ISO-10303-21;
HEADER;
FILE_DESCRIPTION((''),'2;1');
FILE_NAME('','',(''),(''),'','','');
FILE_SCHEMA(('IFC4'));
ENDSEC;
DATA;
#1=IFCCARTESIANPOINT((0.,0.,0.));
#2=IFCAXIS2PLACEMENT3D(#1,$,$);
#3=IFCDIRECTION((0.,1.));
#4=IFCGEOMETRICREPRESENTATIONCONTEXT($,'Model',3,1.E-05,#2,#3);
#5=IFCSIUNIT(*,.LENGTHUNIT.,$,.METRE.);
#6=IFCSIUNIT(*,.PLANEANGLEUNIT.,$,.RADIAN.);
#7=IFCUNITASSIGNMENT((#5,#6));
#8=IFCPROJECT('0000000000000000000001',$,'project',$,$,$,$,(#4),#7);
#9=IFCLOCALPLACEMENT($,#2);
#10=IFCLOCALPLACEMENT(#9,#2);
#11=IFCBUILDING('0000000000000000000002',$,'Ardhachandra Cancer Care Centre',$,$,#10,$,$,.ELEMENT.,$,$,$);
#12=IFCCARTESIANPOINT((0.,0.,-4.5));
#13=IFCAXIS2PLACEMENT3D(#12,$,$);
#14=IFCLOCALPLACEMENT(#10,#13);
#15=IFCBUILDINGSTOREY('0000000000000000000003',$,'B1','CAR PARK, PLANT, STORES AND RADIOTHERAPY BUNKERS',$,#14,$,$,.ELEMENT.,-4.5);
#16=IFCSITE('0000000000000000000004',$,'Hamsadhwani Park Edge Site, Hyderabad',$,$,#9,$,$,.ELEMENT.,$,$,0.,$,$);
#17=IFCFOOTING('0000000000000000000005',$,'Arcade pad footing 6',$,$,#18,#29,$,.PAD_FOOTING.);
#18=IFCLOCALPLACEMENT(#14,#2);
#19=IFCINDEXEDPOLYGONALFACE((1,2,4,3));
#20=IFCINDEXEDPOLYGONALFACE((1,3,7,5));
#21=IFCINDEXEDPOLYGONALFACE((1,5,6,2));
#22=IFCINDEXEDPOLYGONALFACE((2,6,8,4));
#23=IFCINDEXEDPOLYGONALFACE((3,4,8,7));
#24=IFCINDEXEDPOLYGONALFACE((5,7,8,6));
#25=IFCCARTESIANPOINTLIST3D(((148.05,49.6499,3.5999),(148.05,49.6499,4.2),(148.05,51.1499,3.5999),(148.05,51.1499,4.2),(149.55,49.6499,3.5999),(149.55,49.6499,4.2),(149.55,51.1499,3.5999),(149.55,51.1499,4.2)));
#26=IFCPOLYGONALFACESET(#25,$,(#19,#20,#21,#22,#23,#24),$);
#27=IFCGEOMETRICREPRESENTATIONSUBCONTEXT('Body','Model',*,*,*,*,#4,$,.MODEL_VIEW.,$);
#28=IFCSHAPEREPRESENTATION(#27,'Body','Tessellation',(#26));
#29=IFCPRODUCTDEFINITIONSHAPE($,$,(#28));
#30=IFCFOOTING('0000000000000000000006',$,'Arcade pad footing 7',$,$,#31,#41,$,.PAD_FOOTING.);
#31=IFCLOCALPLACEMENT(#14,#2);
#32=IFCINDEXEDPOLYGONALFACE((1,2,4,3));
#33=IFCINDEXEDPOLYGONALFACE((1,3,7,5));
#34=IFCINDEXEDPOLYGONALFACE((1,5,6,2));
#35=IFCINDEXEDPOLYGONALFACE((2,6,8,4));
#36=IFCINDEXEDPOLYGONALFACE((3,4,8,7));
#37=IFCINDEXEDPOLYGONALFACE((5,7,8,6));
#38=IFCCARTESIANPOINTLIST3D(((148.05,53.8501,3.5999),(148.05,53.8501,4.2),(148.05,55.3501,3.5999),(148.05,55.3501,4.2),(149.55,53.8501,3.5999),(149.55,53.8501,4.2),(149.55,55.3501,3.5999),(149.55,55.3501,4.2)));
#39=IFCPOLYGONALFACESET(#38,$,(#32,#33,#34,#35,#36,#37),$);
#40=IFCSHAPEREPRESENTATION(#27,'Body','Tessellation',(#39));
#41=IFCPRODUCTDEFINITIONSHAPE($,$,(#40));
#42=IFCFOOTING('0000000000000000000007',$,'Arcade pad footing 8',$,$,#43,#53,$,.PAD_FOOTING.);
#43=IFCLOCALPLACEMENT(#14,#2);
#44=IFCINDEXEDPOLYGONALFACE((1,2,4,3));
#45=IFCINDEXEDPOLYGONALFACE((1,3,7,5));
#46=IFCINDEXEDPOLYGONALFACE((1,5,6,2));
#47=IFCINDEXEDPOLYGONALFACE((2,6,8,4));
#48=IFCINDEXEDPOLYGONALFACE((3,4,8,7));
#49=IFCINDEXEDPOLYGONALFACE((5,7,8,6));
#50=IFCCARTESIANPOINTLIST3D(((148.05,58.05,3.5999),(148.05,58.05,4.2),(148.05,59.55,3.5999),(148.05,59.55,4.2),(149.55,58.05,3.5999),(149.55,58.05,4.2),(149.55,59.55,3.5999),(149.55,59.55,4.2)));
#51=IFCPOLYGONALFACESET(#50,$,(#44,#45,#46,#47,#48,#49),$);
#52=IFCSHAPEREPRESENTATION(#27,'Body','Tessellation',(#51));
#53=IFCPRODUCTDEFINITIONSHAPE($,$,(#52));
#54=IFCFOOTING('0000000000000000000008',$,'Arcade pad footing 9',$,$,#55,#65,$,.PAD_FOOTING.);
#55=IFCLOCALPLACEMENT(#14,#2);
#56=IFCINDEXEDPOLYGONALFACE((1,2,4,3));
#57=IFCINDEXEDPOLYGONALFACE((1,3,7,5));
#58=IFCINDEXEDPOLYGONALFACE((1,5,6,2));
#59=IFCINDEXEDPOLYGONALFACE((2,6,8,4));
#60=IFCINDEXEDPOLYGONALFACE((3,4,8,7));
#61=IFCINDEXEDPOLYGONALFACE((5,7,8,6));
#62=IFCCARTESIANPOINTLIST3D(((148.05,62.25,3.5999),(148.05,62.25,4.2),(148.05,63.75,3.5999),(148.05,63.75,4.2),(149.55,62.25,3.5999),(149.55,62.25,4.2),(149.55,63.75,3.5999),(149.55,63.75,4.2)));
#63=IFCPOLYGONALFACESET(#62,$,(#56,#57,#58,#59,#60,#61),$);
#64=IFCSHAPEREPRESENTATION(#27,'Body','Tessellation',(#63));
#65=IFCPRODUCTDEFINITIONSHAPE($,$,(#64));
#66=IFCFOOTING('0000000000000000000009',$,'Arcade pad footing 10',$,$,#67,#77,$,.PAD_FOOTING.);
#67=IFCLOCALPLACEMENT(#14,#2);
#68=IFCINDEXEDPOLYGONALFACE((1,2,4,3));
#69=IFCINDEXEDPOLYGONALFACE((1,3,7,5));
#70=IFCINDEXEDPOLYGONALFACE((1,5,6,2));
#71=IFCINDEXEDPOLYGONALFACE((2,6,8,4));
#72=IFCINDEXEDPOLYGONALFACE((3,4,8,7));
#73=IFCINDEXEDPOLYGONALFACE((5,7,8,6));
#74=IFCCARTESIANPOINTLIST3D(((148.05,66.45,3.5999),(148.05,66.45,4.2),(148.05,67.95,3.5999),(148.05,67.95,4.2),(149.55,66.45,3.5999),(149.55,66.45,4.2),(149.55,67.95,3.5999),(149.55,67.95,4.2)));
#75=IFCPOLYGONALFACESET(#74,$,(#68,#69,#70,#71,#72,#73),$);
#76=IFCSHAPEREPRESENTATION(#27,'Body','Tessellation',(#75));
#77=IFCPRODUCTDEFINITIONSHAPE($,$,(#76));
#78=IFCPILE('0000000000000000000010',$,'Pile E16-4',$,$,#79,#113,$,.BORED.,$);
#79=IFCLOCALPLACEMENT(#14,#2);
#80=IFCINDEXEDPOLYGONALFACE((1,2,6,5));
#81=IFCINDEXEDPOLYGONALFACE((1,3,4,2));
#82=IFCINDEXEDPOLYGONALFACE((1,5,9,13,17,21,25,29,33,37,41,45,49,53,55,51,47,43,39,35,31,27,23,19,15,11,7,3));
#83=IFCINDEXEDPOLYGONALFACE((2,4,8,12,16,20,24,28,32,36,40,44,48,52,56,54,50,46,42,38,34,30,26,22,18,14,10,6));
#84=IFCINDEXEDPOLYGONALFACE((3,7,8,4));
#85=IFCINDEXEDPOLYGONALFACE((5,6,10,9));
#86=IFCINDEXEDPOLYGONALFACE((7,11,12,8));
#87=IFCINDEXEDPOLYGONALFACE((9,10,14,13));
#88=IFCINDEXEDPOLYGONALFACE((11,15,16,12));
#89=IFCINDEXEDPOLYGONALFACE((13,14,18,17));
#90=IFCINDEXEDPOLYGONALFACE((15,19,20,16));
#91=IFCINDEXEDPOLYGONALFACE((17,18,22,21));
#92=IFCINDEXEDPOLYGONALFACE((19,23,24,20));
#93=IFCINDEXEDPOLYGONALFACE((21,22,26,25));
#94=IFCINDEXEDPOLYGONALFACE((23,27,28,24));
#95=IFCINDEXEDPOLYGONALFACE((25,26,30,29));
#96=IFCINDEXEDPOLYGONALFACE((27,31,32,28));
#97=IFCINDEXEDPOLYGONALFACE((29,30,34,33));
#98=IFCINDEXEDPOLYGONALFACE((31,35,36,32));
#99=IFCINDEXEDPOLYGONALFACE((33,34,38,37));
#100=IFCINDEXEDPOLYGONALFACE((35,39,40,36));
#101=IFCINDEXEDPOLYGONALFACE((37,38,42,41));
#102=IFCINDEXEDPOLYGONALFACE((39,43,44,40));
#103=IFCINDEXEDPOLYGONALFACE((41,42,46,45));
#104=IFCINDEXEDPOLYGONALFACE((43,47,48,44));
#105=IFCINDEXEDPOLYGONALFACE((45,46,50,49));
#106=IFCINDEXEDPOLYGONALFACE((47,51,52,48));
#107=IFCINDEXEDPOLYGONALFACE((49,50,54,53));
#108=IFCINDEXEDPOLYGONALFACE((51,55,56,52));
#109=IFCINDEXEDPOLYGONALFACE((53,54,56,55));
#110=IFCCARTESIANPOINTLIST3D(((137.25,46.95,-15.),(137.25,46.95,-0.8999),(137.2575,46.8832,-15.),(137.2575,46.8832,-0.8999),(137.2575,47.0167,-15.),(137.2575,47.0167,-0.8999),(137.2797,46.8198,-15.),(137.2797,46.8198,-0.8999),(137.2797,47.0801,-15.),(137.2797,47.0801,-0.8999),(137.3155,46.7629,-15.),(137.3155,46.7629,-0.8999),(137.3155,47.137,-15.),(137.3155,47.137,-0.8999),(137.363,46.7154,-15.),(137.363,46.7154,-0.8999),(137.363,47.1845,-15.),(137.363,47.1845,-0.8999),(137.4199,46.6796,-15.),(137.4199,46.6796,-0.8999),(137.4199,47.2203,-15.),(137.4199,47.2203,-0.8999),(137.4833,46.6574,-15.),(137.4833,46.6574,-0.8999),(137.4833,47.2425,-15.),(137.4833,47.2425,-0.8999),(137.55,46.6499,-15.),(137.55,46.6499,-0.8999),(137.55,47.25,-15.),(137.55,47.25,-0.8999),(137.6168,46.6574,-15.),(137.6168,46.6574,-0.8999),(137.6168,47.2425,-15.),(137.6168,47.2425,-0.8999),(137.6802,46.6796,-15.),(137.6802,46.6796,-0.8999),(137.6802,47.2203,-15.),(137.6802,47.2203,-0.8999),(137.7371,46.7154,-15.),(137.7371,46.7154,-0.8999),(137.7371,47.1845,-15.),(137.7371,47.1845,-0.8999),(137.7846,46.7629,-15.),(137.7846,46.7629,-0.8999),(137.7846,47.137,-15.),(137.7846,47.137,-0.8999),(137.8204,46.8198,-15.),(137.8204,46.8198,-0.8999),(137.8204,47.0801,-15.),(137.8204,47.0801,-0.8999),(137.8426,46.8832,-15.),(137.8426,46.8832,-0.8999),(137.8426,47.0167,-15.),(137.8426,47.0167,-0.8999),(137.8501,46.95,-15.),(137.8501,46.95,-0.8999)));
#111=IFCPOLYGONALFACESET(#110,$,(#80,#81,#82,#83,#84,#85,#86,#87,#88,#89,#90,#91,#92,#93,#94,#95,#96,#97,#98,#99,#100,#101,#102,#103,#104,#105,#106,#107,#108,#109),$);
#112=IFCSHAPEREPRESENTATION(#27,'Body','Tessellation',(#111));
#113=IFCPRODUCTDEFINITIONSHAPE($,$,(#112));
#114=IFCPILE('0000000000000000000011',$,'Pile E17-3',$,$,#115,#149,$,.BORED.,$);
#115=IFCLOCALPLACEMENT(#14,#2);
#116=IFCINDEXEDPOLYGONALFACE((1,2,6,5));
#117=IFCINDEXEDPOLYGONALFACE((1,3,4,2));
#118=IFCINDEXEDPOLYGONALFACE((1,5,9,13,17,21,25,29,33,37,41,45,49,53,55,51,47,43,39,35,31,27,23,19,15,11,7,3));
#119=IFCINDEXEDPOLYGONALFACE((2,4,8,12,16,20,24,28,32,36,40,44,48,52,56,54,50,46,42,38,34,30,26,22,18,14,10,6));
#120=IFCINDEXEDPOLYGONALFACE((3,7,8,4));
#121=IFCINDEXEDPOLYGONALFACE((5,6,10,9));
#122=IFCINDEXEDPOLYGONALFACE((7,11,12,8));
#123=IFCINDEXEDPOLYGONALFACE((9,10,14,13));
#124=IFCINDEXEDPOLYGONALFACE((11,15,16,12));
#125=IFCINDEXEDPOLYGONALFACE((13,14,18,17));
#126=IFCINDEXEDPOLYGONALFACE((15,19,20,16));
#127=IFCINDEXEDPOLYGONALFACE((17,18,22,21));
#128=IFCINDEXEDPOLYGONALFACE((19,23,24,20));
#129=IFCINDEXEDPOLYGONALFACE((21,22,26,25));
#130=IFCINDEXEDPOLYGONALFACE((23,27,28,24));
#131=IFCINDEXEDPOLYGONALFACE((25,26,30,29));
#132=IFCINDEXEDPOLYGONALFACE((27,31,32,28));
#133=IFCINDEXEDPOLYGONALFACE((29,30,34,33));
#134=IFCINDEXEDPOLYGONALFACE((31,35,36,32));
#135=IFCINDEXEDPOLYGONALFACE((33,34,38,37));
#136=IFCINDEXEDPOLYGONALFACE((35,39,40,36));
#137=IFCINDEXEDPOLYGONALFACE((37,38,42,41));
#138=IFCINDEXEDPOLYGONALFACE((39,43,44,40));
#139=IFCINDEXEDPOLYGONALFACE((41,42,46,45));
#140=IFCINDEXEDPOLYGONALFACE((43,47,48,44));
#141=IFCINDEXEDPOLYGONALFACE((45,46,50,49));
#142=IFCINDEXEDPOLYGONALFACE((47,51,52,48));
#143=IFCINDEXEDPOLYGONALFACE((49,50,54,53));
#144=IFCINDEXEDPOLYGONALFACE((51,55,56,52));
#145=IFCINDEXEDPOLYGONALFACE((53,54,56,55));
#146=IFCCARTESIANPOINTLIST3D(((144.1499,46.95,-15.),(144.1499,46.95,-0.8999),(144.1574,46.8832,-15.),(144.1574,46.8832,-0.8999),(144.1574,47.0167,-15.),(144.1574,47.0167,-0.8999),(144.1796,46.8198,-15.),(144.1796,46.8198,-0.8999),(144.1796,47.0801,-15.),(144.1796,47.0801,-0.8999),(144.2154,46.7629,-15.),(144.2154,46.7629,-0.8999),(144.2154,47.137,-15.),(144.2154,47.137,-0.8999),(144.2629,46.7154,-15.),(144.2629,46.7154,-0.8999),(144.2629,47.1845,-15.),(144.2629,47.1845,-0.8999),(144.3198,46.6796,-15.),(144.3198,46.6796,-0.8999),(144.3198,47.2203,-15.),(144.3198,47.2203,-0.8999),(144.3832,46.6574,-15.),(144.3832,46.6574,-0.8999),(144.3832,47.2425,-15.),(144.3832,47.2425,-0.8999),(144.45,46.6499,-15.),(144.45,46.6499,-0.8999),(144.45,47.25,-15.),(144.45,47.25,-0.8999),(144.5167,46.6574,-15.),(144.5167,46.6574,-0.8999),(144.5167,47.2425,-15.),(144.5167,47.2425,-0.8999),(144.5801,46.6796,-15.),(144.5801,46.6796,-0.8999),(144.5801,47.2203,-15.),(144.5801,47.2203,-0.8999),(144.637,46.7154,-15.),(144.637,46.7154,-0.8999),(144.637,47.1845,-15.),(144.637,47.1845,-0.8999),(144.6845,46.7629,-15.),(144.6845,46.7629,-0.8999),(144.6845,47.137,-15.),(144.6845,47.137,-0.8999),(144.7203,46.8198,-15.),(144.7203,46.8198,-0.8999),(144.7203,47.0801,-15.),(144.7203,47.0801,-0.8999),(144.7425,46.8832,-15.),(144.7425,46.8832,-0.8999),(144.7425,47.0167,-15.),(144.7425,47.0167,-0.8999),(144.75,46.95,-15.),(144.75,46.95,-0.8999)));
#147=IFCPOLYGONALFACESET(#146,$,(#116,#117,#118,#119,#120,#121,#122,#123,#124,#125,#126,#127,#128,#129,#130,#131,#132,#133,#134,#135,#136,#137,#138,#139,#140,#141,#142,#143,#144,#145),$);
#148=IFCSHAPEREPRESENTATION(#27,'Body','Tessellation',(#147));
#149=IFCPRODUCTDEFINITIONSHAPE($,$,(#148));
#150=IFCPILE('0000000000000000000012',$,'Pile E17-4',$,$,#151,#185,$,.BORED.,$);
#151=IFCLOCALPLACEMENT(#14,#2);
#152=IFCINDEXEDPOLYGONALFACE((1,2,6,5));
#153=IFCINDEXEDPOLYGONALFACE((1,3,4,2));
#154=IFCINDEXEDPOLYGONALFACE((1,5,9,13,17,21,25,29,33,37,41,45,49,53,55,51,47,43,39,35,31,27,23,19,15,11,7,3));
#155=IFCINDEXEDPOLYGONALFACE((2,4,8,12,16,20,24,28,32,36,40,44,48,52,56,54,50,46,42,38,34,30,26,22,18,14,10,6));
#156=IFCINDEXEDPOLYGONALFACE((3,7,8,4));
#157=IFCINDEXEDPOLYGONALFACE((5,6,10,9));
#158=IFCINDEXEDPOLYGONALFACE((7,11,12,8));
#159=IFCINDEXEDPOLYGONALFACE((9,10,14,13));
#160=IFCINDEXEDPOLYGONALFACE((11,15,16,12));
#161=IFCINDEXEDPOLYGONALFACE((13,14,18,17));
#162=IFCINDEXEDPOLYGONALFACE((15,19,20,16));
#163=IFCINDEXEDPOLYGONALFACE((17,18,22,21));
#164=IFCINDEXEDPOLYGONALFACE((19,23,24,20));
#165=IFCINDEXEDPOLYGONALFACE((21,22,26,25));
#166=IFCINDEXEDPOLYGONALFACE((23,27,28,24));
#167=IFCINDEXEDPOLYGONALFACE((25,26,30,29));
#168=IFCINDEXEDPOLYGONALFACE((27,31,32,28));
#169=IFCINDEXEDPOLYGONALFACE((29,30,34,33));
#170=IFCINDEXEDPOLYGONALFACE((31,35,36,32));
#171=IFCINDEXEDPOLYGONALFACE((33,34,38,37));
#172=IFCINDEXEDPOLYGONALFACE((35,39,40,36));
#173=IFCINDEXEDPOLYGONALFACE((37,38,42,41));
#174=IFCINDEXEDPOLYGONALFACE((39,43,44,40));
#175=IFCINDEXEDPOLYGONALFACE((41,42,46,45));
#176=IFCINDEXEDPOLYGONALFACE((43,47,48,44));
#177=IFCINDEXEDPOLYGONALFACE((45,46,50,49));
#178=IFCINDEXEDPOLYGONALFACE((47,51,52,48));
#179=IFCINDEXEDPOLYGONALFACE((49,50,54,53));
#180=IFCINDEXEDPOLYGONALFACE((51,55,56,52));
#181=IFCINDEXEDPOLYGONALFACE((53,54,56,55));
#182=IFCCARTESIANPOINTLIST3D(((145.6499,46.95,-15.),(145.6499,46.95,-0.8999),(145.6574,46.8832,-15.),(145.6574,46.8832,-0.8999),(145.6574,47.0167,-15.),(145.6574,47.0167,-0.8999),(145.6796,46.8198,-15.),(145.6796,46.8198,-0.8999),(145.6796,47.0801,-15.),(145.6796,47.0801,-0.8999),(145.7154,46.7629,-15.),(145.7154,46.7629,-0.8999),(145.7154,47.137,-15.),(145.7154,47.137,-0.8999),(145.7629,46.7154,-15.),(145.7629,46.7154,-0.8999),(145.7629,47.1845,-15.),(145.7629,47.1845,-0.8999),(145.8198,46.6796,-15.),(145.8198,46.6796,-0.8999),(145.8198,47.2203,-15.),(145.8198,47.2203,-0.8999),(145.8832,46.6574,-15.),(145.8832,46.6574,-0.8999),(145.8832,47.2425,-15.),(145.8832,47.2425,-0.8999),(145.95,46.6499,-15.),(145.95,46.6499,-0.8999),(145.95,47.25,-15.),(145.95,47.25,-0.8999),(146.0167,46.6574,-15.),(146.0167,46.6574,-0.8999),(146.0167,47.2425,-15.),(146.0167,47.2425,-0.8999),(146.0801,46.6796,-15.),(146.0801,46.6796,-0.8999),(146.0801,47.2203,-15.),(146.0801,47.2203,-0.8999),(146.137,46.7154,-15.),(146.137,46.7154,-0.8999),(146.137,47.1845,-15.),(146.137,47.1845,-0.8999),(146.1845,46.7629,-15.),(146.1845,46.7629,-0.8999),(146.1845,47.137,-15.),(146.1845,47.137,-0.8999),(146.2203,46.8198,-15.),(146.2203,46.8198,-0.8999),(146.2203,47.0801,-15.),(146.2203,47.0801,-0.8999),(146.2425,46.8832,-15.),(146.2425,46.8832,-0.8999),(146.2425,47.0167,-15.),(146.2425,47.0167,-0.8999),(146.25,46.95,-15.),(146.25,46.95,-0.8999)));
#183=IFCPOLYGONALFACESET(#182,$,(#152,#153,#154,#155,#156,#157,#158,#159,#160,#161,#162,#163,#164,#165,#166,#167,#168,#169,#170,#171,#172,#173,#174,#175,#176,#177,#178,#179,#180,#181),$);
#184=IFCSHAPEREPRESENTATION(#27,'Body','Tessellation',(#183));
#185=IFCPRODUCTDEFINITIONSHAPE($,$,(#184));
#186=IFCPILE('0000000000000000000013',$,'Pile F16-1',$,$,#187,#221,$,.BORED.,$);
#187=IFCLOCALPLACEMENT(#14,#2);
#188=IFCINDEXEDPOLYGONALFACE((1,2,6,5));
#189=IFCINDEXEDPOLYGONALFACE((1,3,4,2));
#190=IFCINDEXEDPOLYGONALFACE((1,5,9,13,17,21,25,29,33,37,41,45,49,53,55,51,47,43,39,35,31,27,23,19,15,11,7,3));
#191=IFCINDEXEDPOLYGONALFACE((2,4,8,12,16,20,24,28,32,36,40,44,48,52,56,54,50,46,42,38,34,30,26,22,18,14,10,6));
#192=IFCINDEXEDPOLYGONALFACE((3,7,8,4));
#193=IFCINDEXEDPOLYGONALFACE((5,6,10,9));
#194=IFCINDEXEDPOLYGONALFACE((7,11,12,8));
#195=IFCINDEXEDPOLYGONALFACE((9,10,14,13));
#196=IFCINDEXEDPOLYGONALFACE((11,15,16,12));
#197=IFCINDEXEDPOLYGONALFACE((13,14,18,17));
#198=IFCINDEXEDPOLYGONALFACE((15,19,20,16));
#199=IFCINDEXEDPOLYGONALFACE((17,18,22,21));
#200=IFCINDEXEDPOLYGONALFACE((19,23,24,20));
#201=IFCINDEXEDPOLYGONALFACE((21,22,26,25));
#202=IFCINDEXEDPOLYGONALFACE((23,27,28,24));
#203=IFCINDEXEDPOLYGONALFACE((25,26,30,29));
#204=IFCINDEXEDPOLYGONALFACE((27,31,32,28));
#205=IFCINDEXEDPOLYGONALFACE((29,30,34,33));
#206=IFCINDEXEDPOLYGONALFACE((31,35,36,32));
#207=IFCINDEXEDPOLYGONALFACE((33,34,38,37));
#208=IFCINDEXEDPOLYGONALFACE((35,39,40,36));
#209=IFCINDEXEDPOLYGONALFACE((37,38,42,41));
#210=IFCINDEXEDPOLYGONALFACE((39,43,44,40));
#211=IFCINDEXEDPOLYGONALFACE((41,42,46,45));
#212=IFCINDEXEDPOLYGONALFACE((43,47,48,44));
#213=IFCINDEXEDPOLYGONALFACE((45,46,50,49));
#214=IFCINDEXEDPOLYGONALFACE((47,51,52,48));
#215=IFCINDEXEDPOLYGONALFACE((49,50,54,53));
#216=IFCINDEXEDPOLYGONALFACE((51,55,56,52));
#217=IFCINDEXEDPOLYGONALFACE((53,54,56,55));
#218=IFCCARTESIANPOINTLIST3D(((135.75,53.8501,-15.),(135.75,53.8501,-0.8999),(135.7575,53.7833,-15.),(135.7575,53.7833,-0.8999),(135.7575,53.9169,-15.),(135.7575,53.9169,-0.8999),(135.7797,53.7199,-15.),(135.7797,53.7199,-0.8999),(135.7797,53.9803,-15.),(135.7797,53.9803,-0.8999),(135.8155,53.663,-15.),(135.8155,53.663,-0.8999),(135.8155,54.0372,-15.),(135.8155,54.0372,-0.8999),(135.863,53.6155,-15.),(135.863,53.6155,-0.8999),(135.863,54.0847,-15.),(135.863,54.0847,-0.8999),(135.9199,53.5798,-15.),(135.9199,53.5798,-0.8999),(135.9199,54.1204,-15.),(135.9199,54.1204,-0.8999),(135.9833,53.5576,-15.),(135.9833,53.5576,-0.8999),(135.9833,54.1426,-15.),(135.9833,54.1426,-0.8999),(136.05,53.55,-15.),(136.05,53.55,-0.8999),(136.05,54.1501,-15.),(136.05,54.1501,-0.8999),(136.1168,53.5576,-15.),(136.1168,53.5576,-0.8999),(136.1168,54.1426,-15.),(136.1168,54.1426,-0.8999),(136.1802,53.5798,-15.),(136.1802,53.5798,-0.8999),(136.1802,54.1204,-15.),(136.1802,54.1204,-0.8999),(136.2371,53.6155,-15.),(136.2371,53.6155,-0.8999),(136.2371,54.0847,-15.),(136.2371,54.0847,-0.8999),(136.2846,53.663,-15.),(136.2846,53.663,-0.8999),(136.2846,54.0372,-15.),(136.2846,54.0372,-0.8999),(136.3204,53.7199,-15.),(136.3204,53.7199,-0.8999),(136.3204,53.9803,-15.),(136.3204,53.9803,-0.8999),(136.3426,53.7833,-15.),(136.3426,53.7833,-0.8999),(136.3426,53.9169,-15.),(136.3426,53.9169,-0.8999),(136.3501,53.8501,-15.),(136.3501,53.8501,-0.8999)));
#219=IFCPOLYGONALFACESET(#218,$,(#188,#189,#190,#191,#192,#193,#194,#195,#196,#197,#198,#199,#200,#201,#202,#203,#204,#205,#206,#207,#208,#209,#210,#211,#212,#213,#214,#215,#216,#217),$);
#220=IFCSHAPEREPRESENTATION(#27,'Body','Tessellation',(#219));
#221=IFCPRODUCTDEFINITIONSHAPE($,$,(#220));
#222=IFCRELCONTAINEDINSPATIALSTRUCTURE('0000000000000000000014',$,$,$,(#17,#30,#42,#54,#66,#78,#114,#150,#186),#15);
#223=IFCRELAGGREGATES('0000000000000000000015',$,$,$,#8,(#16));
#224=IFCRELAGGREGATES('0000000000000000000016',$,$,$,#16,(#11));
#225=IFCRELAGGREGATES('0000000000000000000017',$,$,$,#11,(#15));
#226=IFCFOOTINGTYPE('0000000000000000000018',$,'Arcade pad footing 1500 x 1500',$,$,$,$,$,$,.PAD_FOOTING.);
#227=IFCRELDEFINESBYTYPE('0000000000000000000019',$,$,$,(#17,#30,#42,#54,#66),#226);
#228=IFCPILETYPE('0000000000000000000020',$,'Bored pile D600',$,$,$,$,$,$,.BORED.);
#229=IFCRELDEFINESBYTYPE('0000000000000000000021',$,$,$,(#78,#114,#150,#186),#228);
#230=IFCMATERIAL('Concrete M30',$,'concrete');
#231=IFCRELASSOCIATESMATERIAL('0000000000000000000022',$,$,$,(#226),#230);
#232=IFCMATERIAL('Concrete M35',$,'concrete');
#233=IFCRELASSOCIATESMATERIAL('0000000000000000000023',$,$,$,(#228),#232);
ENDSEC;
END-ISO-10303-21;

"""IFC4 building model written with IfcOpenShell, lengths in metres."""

from ifc_helpers import new_model, si_unit, direction, frame, origin, origin_2d, place, context, subcontext, project, spatial, rectangle, circle, extrude, material, material_profile, profile_set, type_object, element, save


model = new_model("IFC4")

# Units and contexts
model_context = context("Model", 3, precision=1e-05, world=origin(), true_north=direction((0.0, 1.0)))
body_context = subcontext(model_context, "Body", "Model", "MODEL_VIEW")
ifc_project = project(units=[si_unit("LENGTHUNIT", "METRE"), si_unit("PLANEANGLEUNIT", "RADIAN")], contexts=[model_context])

# Site, building, storey
site_placement = place(None, origin())
site = spatial("IfcSite", under=ifc_project, at=site_placement, Name="Hamsadhwani Park Edge Site, Hyderabad", CompositionType="ELEMENT", RefElevation=0.0)
building_placement = place(site_placement, origin())
building = spatial("IfcBuilding", under=site, at=building_placement, Name="Ardhachandra Cancer Care Centre", CompositionType="ELEMENT")
storey_placement = place(building_placement, frame((0.0, 0.0, -4.5)))
storey = spatial("IfcBuildingStorey", under=building, at=storey_placement, Name="B1", Description="CAR PARK, PLANT, STORES AND RADIOTHERAPY BUNKERS", CompositionType="ELEMENT", Elevation=-4.5)

# Footings
ifc_material_1 = material(Name="Concrete M30", Category="concrete")
footing_type_1 = type_object("IfcFootingType", Name="Arcade pad footing 1500 x 1500", PredefinedType="PAD_FOOTING", material=ifc_material_1)
for number, where, z_axis, x_axis, name in (
    (1, (148.8, 50.3999, 3.5999), (0.0, 0.0, 1.0), (1.0, 0.0, 0.0), "Arcade pad footing 6"),
    (2, (148.8, 54.6001, 3.5999), (0.0, 0.0, 1.0), (1.0, 0.0, 0.0), "Arcade pad footing 7"),
    (3, (148.8, 58.8, 3.5999), (0.0, 0.0, 1.0), (1.0, 0.0, 0.0), "Arcade pad footing 8"),
    (4, (148.8, 63.0, 3.5999), (0.0, 0.0, 1.0), (1.0, 0.0, 0.0), "Arcade pad footing 9"),
    (5, (148.8, 67.2, 3.5999), (0.0, 0.0, 1.0), (1.0, 0.0, 0.0), "Arcade pad footing 10"),
):
    element("IfcFooting", number, at=place(storey_placement, frame(where, z_axis=z_axis, x_axis=x_axis)), inside=storey, type_object=footing_type_1, Name=name, PredefinedType="PAD_FOOTING", context=body_context, shape_type="SweptSolid", body=[
        extrude(rectangle(XDim=1.5, YDim=1.5, at=origin_2d()), origin(), (0.0, 0.0, 1.0), 0.6001),
    ])

# Piles
ifc_material_2 = material(Name="Concrete M35", Category="concrete")
ifc_material_profile_1 = material_profile(ifc_material_2, circle(Radius=0.3, at=origin_2d()), Name="D600")
ifc_profile_set_1 = profile_set([ifc_material_profile_1], Name="Concrete M35")
pile_type = type_object("IfcPileType", Name="Bored pile D600", PredefinedType="BORED", material=ifc_profile_set_1)
for number, where, z_axis, x_axis, name in (
    (6, (137.55, 46.95, -0.8999), (0.0, 0.0, -1.0), (1.0, 0.0, 0.0), "Pile E16-4"),
    (7, (144.45, 46.95, -0.8999), (0.0, 0.0, -1.0), (1.0, 0.0, 0.0), "Pile E17-3"),
    (8, (145.95, 46.95, -0.8999), (0.0, 0.0, -1.0), (1.0, 0.0, 0.0), "Pile E17-4"),
    (9, (136.05, 53.8501, -0.8999), (0.0, 0.0, -1.0), (1.0, 0.0, 0.0), "Pile F16-1"),
):
    element("IfcPile", number, at=place(storey_placement, frame(where, z_axis=z_axis, x_axis=x_axis)), inside=storey, type_object=pile_type, Name=name, PredefinedType="BORED", context=body_context, shape_type="SweptSolid", body=[
        extrude(circle(Radius=0.3, at=origin_2d()), origin(), (0.0, 0.0, 1.0), 14.1001),
    ])

save(model, "model.ifc")
